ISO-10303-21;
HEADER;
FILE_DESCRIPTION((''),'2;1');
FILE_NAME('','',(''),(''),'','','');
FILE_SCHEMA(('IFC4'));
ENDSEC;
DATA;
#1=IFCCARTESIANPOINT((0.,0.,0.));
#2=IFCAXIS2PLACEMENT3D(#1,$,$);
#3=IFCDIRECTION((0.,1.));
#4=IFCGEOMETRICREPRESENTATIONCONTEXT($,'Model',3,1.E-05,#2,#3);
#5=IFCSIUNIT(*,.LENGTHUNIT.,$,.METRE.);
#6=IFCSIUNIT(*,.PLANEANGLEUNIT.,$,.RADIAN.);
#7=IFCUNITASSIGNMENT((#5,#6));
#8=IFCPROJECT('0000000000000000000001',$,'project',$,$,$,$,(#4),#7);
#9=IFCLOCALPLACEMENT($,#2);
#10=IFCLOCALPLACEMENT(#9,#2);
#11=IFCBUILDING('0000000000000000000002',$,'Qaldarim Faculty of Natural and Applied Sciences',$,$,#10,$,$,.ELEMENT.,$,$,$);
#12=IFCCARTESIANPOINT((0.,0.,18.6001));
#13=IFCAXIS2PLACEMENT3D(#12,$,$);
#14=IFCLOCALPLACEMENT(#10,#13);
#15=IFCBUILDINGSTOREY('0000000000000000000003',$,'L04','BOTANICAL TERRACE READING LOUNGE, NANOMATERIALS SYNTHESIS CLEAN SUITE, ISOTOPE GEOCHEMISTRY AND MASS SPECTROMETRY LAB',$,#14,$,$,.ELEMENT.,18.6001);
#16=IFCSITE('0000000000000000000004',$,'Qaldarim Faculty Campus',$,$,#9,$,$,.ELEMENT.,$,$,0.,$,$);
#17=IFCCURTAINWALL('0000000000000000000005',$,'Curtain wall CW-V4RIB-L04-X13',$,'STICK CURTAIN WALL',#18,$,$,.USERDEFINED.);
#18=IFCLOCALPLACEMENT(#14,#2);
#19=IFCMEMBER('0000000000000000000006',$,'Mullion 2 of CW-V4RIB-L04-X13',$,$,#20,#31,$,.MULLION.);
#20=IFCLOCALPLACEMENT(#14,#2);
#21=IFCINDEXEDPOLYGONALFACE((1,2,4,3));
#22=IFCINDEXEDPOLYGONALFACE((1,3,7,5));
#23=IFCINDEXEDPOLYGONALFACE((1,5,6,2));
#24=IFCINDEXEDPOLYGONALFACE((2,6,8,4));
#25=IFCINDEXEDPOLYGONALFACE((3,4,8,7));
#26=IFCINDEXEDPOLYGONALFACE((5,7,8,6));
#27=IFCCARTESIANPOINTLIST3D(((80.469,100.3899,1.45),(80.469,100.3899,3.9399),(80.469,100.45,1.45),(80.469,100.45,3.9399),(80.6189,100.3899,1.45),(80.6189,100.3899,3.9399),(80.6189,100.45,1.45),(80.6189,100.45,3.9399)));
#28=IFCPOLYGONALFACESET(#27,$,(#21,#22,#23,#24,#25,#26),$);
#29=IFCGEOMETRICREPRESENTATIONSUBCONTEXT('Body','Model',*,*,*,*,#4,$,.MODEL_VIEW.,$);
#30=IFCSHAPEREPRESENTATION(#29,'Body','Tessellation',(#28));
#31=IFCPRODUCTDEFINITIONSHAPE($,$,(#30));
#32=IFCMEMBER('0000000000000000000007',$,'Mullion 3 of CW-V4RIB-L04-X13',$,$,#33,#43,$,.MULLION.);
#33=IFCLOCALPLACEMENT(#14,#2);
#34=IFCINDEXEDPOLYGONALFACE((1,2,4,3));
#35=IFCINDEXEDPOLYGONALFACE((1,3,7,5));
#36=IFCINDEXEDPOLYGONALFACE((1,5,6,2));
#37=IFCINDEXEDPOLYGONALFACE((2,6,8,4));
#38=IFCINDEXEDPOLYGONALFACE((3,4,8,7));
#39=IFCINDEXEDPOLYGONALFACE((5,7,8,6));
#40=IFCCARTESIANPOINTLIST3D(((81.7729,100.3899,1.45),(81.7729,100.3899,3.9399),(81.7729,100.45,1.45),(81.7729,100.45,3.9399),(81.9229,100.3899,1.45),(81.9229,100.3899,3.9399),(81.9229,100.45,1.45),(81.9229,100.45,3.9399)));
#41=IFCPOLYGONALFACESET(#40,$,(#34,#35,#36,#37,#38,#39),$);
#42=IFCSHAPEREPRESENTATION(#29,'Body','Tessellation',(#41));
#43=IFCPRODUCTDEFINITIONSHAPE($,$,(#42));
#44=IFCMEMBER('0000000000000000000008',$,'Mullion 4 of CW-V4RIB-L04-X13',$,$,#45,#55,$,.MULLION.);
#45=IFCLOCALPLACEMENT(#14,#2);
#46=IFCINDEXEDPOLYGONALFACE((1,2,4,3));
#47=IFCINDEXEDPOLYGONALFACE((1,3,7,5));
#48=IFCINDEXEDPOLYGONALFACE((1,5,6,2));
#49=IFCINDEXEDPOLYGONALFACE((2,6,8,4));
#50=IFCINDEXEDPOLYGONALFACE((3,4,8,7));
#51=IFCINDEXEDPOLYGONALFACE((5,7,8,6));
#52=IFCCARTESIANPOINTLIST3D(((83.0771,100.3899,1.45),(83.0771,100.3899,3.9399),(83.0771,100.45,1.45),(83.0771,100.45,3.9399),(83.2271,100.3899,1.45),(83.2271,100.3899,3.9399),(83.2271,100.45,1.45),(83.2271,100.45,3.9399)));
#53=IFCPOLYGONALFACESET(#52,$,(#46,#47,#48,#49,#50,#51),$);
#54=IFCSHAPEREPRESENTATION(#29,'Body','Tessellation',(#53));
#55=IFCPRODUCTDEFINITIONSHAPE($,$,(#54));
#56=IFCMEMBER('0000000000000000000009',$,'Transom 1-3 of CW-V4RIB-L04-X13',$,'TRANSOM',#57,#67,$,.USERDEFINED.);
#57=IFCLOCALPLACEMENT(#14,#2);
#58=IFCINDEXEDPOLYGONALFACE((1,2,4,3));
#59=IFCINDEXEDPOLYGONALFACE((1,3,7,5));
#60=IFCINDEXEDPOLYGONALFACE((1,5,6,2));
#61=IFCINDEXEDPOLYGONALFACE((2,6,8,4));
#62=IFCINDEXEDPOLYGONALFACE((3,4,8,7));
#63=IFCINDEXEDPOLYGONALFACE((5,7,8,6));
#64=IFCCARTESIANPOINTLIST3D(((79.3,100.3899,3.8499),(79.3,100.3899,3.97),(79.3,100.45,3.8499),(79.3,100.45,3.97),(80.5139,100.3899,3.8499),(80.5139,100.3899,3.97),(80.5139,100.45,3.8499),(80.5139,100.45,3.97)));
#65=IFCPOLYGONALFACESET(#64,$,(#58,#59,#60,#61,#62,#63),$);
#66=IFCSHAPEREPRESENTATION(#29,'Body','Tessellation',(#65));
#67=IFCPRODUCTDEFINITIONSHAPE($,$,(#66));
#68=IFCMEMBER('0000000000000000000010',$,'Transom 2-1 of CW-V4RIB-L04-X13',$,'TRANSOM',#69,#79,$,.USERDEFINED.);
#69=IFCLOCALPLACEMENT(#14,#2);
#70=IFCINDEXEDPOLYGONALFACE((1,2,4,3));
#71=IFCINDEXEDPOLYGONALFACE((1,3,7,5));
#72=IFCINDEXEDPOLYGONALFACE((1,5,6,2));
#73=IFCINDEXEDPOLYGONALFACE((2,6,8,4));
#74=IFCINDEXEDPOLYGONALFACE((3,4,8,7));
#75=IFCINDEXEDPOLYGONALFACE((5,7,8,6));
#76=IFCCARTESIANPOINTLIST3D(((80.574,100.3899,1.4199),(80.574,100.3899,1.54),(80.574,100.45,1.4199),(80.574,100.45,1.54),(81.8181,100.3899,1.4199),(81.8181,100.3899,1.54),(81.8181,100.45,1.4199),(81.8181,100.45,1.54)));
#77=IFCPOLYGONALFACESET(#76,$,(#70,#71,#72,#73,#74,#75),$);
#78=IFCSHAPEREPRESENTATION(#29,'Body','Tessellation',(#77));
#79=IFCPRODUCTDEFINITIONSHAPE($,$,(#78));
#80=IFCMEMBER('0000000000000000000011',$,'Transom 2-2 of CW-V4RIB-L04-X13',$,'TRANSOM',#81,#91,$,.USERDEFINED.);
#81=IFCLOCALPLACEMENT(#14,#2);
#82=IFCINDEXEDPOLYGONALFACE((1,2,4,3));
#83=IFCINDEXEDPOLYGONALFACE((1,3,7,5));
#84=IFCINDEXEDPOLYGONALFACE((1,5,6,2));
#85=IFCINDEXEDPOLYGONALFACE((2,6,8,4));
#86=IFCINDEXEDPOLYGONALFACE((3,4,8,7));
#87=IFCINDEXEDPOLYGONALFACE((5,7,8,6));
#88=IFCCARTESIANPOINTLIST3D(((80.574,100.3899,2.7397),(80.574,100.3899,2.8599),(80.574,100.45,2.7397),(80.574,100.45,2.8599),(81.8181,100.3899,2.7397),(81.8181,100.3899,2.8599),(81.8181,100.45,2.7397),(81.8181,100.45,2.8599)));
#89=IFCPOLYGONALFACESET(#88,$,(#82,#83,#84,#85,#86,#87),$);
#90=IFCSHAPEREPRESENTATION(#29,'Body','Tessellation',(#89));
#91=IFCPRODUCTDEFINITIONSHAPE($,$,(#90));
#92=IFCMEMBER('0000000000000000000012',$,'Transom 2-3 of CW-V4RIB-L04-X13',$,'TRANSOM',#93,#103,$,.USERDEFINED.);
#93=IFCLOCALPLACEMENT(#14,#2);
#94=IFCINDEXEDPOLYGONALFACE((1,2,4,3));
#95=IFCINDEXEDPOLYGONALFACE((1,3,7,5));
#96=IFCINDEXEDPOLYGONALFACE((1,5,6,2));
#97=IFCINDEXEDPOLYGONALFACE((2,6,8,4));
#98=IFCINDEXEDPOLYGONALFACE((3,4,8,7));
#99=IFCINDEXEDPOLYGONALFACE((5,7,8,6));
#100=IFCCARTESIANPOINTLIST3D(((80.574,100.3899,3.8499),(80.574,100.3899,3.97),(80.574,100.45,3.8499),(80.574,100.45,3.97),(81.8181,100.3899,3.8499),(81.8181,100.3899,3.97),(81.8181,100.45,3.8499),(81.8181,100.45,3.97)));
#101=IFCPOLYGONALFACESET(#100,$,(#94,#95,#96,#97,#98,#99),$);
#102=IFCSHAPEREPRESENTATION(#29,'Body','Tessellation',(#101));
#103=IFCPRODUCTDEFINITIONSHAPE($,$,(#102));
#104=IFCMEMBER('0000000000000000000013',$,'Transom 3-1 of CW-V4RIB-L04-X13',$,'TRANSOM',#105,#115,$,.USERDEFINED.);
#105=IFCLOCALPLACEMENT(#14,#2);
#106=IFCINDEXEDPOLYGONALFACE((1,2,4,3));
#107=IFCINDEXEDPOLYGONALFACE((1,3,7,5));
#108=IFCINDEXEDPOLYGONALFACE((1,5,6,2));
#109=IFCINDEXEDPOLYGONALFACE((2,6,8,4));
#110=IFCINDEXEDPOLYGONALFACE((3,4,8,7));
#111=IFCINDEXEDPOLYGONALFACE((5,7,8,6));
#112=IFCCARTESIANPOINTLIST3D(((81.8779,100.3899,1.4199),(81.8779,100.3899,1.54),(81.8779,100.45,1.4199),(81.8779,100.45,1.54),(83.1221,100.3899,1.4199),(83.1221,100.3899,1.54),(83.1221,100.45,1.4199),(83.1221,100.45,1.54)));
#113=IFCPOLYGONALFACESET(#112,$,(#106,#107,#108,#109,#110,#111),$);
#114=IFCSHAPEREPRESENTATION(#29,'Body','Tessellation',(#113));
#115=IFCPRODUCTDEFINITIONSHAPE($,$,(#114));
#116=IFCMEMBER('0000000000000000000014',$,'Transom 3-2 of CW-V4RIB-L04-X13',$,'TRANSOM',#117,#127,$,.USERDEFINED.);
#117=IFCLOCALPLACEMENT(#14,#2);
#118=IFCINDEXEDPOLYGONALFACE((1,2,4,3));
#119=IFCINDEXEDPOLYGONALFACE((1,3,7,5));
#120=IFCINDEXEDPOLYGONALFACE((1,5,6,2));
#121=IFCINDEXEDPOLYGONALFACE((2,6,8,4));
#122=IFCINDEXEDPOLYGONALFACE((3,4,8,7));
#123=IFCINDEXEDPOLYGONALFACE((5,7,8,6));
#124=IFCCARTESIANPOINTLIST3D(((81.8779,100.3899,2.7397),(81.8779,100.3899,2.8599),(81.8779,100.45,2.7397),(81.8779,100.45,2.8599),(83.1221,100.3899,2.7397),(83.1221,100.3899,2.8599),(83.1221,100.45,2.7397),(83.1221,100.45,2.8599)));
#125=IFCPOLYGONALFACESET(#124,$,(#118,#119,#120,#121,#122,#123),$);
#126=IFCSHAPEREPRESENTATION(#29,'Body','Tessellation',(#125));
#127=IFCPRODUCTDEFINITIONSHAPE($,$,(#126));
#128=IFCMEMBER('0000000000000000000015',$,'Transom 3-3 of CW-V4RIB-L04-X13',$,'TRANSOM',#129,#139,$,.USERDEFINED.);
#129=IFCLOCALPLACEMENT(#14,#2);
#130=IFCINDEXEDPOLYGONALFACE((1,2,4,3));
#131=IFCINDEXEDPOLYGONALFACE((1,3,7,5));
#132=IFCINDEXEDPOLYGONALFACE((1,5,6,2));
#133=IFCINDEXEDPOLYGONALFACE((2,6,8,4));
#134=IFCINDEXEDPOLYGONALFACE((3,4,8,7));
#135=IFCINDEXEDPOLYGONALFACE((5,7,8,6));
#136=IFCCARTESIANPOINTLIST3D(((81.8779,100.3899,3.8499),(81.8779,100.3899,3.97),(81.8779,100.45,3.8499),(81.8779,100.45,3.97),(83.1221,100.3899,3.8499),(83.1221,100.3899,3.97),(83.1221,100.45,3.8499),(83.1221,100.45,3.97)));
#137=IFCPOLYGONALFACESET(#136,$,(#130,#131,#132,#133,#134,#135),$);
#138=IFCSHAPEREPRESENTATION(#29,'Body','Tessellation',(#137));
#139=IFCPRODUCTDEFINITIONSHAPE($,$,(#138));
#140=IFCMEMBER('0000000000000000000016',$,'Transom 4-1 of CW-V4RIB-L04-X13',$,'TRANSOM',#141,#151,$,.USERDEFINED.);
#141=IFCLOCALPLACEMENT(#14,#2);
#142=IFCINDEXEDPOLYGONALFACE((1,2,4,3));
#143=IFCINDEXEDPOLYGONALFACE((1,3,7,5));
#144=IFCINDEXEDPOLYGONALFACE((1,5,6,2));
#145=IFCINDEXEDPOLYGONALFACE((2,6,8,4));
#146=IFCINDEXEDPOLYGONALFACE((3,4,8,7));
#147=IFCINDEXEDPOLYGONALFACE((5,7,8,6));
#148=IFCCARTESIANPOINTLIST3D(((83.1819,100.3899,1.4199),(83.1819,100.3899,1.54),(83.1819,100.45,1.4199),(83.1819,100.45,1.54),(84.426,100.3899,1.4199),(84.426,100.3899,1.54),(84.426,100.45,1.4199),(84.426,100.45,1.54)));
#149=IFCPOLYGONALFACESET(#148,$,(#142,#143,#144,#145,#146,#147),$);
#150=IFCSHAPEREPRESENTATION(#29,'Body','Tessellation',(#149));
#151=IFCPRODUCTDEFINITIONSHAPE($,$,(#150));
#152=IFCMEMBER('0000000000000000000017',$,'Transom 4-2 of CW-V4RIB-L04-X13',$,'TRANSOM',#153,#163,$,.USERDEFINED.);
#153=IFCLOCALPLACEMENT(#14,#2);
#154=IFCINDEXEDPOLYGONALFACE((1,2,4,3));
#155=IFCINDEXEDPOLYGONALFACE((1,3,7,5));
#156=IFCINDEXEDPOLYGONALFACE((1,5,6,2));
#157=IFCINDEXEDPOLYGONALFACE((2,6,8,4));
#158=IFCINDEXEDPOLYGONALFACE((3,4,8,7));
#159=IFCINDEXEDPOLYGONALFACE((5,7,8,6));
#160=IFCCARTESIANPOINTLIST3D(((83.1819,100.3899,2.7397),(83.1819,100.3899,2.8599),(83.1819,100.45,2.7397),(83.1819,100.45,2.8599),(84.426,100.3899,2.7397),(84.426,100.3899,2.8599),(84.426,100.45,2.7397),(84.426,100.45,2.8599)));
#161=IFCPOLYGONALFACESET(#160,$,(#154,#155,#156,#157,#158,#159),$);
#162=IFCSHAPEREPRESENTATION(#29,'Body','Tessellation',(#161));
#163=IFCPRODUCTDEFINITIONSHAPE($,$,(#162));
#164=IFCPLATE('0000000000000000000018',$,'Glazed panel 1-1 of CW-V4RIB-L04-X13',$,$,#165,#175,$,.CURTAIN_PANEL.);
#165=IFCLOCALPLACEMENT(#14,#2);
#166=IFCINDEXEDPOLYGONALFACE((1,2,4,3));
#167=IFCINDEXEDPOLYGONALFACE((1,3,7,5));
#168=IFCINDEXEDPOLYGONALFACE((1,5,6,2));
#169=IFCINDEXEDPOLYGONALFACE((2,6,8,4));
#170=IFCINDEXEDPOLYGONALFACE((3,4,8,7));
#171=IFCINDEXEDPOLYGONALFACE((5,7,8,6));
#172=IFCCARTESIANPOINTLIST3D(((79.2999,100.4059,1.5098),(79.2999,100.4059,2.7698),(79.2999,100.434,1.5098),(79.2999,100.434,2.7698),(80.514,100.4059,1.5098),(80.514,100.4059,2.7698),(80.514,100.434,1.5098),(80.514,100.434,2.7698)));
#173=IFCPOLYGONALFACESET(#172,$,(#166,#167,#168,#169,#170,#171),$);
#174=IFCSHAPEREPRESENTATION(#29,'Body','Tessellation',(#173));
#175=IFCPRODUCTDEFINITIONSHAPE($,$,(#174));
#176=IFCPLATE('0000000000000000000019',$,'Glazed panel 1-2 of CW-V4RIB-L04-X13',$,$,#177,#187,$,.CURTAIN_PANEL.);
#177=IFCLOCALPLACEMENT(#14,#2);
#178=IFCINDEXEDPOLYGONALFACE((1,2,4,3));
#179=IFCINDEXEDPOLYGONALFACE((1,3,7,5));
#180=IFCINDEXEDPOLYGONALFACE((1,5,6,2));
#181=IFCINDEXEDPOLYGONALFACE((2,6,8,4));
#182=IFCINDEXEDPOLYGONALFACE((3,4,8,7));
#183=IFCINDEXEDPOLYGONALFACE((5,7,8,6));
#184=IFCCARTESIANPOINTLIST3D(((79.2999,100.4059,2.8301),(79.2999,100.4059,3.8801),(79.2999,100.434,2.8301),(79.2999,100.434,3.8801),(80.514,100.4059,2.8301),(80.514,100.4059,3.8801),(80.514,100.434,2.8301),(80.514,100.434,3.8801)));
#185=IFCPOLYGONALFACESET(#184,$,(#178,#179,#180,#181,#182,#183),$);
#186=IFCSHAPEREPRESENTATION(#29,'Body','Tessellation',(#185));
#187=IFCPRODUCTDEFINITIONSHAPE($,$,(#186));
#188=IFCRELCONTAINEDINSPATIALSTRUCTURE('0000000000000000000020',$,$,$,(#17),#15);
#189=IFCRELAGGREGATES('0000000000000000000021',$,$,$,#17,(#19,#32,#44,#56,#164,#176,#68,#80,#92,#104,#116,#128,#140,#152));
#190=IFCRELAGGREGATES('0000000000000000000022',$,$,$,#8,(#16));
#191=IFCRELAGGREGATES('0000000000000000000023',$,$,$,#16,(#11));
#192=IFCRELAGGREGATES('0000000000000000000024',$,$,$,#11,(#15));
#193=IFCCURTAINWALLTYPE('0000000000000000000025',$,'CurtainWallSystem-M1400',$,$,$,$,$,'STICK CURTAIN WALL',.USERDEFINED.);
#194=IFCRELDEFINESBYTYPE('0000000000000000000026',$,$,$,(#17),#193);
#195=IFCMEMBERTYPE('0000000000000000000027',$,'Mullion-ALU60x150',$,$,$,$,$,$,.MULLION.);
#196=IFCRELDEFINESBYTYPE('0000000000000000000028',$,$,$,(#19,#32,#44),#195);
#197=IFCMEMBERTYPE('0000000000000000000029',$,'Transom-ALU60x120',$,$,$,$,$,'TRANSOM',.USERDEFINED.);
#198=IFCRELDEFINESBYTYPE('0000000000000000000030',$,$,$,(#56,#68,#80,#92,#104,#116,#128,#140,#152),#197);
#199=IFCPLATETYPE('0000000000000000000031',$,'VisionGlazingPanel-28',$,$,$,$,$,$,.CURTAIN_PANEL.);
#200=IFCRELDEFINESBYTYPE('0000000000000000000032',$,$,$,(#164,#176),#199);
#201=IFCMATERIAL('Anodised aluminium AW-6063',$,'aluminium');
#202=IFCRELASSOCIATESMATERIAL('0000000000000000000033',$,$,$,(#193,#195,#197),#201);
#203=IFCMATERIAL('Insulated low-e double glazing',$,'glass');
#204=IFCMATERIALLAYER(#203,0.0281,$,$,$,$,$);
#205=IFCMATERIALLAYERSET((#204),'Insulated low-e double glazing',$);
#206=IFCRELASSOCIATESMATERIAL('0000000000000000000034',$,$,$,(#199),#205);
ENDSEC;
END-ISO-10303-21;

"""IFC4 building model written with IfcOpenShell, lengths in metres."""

from ifc_helpers import new_model, si_unit, direction, frame, origin, origin_2d, place, context, subcontext, project, spatial, rectangle, extrude, material, layer, layer_set, material_profile, profile_set, type_object, element, aggregate, save


model = new_model("IFC4")

# Units and contexts
model_context = context("Model", 3, precision=1e-05, world=origin(), true_north=direction((0.0, 1.0)))
body_context = subcontext(model_context, "Body", "Model", "MODEL_VIEW")
ifc_project = project(units=[si_unit("LENGTHUNIT", "METRE"), si_unit("PLANEANGLEUNIT", "RADIAN")], contexts=[model_context])

# Site, building, storey
site_placement = place(None, origin())
site = spatial("IfcSite", under=ifc_project, at=site_placement, Name="Qaldarim Faculty Campus", CompositionType="ELEMENT", RefElevation=0.0)
building_placement = place(site_placement, origin())
building = spatial("IfcBuilding", under=site, at=building_placement, Name="Qaldarim Faculty of Natural and Applied Sciences", CompositionType="ELEMENT")
storey_placement = place(building_placement, frame((0.0, 0.0, 18.6001)))
storey = spatial("IfcBuildingStorey", under=building, at=storey_placement, Name="L04", Description="BOTANICAL TERRACE READING LOUNGE, NANOMATERIALS SYNTHESIS CLEAN SUITE, ISOTOPE GEOCHEMISTRY AND MASS SPECTROMETRY LAB", CompositionType="ELEMENT", Elevation=18.6001)

# Curtain wall, members, plates
ifc_material_1 = material(Name="Anodised aluminium AW-6063", Category="aluminium")
curtain_wall_type = type_object("IfcCurtainWallType", Name="CurtainWallSystem-M1400", ElementType="STICK CURTAIN WALL", PredefinedType="USERDEFINED", material=ifc_material_1)
curtain_wall_placement = place(storey_placement, origin())
curtain_wall = element("IfcCurtainWall", 1, at=curtain_wall_placement, inside=storey, type_object=curtain_wall_type, Name="Curtain wall CW-V4RIB-L04-X13", ObjectType="STICK CURTAIN WALL", PredefinedType="USERDEFINED")
ifc_material_profile_1 = material_profile(ifc_material_1, rectangle(XDim=0.0601, YDim=0.1499, at=origin_2d()), Name="ALU-M60x150")
ifc_profile_set_1 = profile_set([ifc_material_profile_1], Name="Anodised aluminium AW-6063")
member_type_1 = type_object("IfcMemberType", Name="Mullion-ALU60x150", PredefinedType="MULLION", material=ifc_profile_set_1)
member_1_placement = place(storey_placement, frame((80.5439, 100.4199, 1.45), z_axis=(0.0, 0.0, 1.0), x_axis=(0.0, 1.0, 0.0)))
member_1 = element("IfcMember", 2, at=member_1_placement, type_object=member_type_1, Name="Mullion 2 of CW-V4RIB-L04-X13", PredefinedType="MULLION", context=body_context, shape_type="SweptSolid", body=[
    extrude(rectangle(XDim=0.0601, YDim=0.1499, at=origin_2d()), origin(), (0.0, 0.0, 1.0), 2.49),
])
member_2_placement = place(storey_placement, frame((81.8479, 100.4199, 1.45), z_axis=(0.0, 0.0, 1.0), x_axis=(0.0, 1.0, 0.0)))
member_2 = element("IfcMember", 3, at=member_2_placement, type_object=member_type_1, Name="Mullion 3 of CW-V4RIB-L04-X13", PredefinedType="MULLION", context=body_context, shape_type="SweptSolid", body=[
    extrude(rectangle(XDim=0.0601, YDim=0.1499, at=origin_2d()), origin(), (0.0, 0.0, 1.0), 2.49),
])
member_3_placement = place(storey_placement, frame((83.1521, 100.4199, 1.45), z_axis=(0.0, 0.0, 1.0), x_axis=(0.0, 1.0, 0.0)))
member_3 = element("IfcMember", 4, at=member_3_placement, type_object=member_type_1, Name="Mullion 4 of CW-V4RIB-L04-X13", PredefinedType="MULLION", context=body_context, shape_type="SweptSolid", body=[
    extrude(rectangle(XDim=0.0601, YDim=0.1499, at=origin_2d()), origin(), (0.0, 0.0, 1.0), 2.49),
])
ifc_material_profile_2 = material_profile(ifc_material_1, rectangle(XDim=0.0601, YDim=0.1201, at=origin_2d()), Name="ALU-T60x120")
ifc_profile_set_2 = profile_set([ifc_material_profile_2], Name="Anodised aluminium AW-6063")
member_type_2 = type_object("IfcMemberType", Name="Transom-ALU60x120", ElementType="TRANSOM", PredefinedType="USERDEFINED", material=ifc_profile_set_2)
member_4_placement = place(storey_placement, frame((79.3, 100.4199, 3.9099), z_axis=(1.0, 0.0, 0.0), x_axis=(0.0, 1.0, 0.0)))
member_4 = element("IfcMember", 5, at=member_4_placement, type_object=member_type_2, Name="Transom 1-3 of CW-V4RIB-L04-X13", ObjectType="TRANSOM", PredefinedType="USERDEFINED", context=body_context, shape_type="SweptSolid", body=[
    extrude(rectangle(XDim=0.0601, YDim=0.1201, at=origin_2d()), origin(), (0.0, 0.0, 1.0), 1.2139),
])
member_5_placement = place(storey_placement, frame((80.574, 100.4199, 1.48), z_axis=(1.0, 0.0, 0.0), x_axis=(0.0, 1.0, 0.0)))
member_5 = element("IfcMember", 6, at=member_5_placement, type_object=member_type_2, Name="Transom 2-1 of CW-V4RIB-L04-X13", ObjectType="TRANSOM", PredefinedType="USERDEFINED", context=body_context, shape_type="SweptSolid", body=[
    extrude(rectangle(XDim=0.0601, YDim=0.1201, at=origin_2d()), origin(), (0.0, 0.0, 1.0), 1.2441),
])
member_6_placement = place(storey_placement, frame((80.574, 100.4199, 2.7998), z_axis=(1.0, 0.0, 0.0), x_axis=(0.0, 1.0, 0.0)))
member_6 = element("IfcMember", 7, at=member_6_placement, type_object=member_type_2, Name="Transom 2-2 of CW-V4RIB-L04-X13", ObjectType="TRANSOM", PredefinedType="USERDEFINED", context=body_context, shape_type="SweptSolid", body=[
    extrude(rectangle(XDim=0.0601, YDim=0.1201, at=origin_2d()), origin(), (0.0, 0.0, 1.0), 1.2441),
])
member_7_placement = place(storey_placement, frame((80.574, 100.4199, 3.9099), z_axis=(1.0, 0.0, 0.0), x_axis=(0.0, 1.0, 0.0)))
member_7 = element("IfcMember", 8, at=member_7_placement, type_object=member_type_2, Name="Transom 2-3 of CW-V4RIB-L04-X13", ObjectType="TRANSOM", PredefinedType="USERDEFINED", context=body_context, shape_type="SweptSolid", body=[
    extrude(rectangle(XDim=0.0601, YDim=0.1201, at=origin_2d()), origin(), (0.0, 0.0, 1.0), 1.2441),
])
member_8_placement = place(storey_placement, frame((81.8779, 100.4199, 1.48), z_axis=(1.0, 0.0, 0.0), x_axis=(0.0, 1.0, 0.0)))
member_8 = element("IfcMember", 9, at=member_8_placement, type_object=member_type_2, Name="Transom 3-1 of CW-V4RIB-L04-X13", ObjectType="TRANSOM", PredefinedType="USERDEFINED", context=body_context, shape_type="SweptSolid", body=[
    extrude(rectangle(XDim=0.0601, YDim=0.1201, at=origin_2d()), origin(), (0.0, 0.0, 1.0), 1.2441),
])
member_9_placement = place(storey_placement, frame((81.8779, 100.4199, 2.7998), z_axis=(1.0, 0.0, 0.0), x_axis=(0.0, 1.0, 0.0)))
member_9 = element("IfcMember", 10, at=member_9_placement, type_object=member_type_2, Name="Transom 3-2 of CW-V4RIB-L04-X13", ObjectType="TRANSOM", PredefinedType="USERDEFINED", context=body_context, shape_type="SweptSolid", body=[
    extrude(rectangle(XDim=0.0601, YDim=0.1201, at=origin_2d()), origin(), (0.0, 0.0, 1.0), 1.2441),
])
member_10_placement = place(storey_placement, frame((81.8779, 100.4199, 3.9099), z_axis=(1.0, 0.0, 0.0), x_axis=(0.0, 1.0, 0.0)))
member_10 = element("IfcMember", 11, at=member_10_placement, type_object=member_type_2, Name="Transom 3-3 of CW-V4RIB-L04-X13", ObjectType="TRANSOM", PredefinedType="USERDEFINED", context=body_context, shape_type="SweptSolid", body=[
    extrude(rectangle(XDim=0.0601, YDim=0.1201, at=origin_2d()), origin(), (0.0, 0.0, 1.0), 1.2441),
])
member_11_placement = place(storey_placement, frame((83.1819, 100.4199, 1.48), z_axis=(1.0, 0.0, 0.0), x_axis=(0.0, 1.0, 0.0)))
member_11 = element("IfcMember", 12, at=member_11_placement, type_object=member_type_2, Name="Transom 4-1 of CW-V4RIB-L04-X13", ObjectType="TRANSOM", PredefinedType="USERDEFINED", context=body_context, shape_type="SweptSolid", body=[
    extrude(rectangle(XDim=0.0601, YDim=0.1201, at=origin_2d()), origin(), (0.0, 0.0, 1.0), 1.2441),
])
member_12_placement = place(storey_placement, frame((83.1819, 100.4199, 2.7998), z_axis=(1.0, 0.0, 0.0), x_axis=(0.0, 1.0, 0.0)))
member_12 = element("IfcMember", 13, at=member_12_placement, type_object=member_type_2, Name="Transom 4-2 of CW-V4RIB-L04-X13", ObjectType="TRANSOM", PredefinedType="USERDEFINED", context=body_context, shape_type="SweptSolid", body=[
    extrude(rectangle(XDim=0.0601, YDim=0.1201, at=origin_2d()), origin(), (0.0, 0.0, 1.0), 1.2441),
])
ifc_material_2 = material(Name="Insulated low-e double glazing", Category="glass")
ifc_layer_1 = layer(ifc_material_2, 0.0281)
ifc_layer_set_1 = layer_set([ifc_layer_1], Name="Insulated low-e double glazing")
plate_type = type_object("IfcPlateType", Name="VisionGlazingPanel-28", PredefinedType="CURTAIN_PANEL", material=ifc_layer_set_1)
plate_1_placement = place(storey_placement, frame((79.907, 100.4199, 1.5098), z_axis=(0.0, 0.0, 1.0), x_axis=(1.0, 0.0, 0.0)))
plate_1 = element("IfcPlate", 14, at=plate_1_placement, type_object=plate_type, Name="Glazed panel 1-1 of CW-V4RIB-L04-X13", PredefinedType="CURTAIN_PANEL", context=body_context, shape_type="SweptSolid", body=[
    extrude(rectangle(XDim=1.2141, YDim=0.0281, at=origin_2d()), origin(), (0.0, 0.0, 1.0), 1.26),
])
plate_2_placement = place(storey_placement, frame((79.907, 100.4199, 2.8301), z_axis=(0.0, 0.0, 1.0), x_axis=(1.0, 0.0, 0.0)))
plate_2 = element("IfcPlate", 15, at=plate_2_placement, type_object=plate_type, Name="Glazed panel 1-2 of CW-V4RIB-L04-X13", PredefinedType="CURTAIN_PANEL", context=body_context, shape_type="SweptSolid", body=[
    extrude(rectangle(XDim=1.2141, YDim=0.0281, at=origin_2d()), origin(), (0.0, 0.0, 1.0), 1.05),
])
aggregate(curtain_wall, [member_1, member_2, member_3, member_4, plate_1, plate_2, member_5, member_6, member_7, member_8, member_9, member_10, member_11, member_12])

save(model, "model.ifc")
